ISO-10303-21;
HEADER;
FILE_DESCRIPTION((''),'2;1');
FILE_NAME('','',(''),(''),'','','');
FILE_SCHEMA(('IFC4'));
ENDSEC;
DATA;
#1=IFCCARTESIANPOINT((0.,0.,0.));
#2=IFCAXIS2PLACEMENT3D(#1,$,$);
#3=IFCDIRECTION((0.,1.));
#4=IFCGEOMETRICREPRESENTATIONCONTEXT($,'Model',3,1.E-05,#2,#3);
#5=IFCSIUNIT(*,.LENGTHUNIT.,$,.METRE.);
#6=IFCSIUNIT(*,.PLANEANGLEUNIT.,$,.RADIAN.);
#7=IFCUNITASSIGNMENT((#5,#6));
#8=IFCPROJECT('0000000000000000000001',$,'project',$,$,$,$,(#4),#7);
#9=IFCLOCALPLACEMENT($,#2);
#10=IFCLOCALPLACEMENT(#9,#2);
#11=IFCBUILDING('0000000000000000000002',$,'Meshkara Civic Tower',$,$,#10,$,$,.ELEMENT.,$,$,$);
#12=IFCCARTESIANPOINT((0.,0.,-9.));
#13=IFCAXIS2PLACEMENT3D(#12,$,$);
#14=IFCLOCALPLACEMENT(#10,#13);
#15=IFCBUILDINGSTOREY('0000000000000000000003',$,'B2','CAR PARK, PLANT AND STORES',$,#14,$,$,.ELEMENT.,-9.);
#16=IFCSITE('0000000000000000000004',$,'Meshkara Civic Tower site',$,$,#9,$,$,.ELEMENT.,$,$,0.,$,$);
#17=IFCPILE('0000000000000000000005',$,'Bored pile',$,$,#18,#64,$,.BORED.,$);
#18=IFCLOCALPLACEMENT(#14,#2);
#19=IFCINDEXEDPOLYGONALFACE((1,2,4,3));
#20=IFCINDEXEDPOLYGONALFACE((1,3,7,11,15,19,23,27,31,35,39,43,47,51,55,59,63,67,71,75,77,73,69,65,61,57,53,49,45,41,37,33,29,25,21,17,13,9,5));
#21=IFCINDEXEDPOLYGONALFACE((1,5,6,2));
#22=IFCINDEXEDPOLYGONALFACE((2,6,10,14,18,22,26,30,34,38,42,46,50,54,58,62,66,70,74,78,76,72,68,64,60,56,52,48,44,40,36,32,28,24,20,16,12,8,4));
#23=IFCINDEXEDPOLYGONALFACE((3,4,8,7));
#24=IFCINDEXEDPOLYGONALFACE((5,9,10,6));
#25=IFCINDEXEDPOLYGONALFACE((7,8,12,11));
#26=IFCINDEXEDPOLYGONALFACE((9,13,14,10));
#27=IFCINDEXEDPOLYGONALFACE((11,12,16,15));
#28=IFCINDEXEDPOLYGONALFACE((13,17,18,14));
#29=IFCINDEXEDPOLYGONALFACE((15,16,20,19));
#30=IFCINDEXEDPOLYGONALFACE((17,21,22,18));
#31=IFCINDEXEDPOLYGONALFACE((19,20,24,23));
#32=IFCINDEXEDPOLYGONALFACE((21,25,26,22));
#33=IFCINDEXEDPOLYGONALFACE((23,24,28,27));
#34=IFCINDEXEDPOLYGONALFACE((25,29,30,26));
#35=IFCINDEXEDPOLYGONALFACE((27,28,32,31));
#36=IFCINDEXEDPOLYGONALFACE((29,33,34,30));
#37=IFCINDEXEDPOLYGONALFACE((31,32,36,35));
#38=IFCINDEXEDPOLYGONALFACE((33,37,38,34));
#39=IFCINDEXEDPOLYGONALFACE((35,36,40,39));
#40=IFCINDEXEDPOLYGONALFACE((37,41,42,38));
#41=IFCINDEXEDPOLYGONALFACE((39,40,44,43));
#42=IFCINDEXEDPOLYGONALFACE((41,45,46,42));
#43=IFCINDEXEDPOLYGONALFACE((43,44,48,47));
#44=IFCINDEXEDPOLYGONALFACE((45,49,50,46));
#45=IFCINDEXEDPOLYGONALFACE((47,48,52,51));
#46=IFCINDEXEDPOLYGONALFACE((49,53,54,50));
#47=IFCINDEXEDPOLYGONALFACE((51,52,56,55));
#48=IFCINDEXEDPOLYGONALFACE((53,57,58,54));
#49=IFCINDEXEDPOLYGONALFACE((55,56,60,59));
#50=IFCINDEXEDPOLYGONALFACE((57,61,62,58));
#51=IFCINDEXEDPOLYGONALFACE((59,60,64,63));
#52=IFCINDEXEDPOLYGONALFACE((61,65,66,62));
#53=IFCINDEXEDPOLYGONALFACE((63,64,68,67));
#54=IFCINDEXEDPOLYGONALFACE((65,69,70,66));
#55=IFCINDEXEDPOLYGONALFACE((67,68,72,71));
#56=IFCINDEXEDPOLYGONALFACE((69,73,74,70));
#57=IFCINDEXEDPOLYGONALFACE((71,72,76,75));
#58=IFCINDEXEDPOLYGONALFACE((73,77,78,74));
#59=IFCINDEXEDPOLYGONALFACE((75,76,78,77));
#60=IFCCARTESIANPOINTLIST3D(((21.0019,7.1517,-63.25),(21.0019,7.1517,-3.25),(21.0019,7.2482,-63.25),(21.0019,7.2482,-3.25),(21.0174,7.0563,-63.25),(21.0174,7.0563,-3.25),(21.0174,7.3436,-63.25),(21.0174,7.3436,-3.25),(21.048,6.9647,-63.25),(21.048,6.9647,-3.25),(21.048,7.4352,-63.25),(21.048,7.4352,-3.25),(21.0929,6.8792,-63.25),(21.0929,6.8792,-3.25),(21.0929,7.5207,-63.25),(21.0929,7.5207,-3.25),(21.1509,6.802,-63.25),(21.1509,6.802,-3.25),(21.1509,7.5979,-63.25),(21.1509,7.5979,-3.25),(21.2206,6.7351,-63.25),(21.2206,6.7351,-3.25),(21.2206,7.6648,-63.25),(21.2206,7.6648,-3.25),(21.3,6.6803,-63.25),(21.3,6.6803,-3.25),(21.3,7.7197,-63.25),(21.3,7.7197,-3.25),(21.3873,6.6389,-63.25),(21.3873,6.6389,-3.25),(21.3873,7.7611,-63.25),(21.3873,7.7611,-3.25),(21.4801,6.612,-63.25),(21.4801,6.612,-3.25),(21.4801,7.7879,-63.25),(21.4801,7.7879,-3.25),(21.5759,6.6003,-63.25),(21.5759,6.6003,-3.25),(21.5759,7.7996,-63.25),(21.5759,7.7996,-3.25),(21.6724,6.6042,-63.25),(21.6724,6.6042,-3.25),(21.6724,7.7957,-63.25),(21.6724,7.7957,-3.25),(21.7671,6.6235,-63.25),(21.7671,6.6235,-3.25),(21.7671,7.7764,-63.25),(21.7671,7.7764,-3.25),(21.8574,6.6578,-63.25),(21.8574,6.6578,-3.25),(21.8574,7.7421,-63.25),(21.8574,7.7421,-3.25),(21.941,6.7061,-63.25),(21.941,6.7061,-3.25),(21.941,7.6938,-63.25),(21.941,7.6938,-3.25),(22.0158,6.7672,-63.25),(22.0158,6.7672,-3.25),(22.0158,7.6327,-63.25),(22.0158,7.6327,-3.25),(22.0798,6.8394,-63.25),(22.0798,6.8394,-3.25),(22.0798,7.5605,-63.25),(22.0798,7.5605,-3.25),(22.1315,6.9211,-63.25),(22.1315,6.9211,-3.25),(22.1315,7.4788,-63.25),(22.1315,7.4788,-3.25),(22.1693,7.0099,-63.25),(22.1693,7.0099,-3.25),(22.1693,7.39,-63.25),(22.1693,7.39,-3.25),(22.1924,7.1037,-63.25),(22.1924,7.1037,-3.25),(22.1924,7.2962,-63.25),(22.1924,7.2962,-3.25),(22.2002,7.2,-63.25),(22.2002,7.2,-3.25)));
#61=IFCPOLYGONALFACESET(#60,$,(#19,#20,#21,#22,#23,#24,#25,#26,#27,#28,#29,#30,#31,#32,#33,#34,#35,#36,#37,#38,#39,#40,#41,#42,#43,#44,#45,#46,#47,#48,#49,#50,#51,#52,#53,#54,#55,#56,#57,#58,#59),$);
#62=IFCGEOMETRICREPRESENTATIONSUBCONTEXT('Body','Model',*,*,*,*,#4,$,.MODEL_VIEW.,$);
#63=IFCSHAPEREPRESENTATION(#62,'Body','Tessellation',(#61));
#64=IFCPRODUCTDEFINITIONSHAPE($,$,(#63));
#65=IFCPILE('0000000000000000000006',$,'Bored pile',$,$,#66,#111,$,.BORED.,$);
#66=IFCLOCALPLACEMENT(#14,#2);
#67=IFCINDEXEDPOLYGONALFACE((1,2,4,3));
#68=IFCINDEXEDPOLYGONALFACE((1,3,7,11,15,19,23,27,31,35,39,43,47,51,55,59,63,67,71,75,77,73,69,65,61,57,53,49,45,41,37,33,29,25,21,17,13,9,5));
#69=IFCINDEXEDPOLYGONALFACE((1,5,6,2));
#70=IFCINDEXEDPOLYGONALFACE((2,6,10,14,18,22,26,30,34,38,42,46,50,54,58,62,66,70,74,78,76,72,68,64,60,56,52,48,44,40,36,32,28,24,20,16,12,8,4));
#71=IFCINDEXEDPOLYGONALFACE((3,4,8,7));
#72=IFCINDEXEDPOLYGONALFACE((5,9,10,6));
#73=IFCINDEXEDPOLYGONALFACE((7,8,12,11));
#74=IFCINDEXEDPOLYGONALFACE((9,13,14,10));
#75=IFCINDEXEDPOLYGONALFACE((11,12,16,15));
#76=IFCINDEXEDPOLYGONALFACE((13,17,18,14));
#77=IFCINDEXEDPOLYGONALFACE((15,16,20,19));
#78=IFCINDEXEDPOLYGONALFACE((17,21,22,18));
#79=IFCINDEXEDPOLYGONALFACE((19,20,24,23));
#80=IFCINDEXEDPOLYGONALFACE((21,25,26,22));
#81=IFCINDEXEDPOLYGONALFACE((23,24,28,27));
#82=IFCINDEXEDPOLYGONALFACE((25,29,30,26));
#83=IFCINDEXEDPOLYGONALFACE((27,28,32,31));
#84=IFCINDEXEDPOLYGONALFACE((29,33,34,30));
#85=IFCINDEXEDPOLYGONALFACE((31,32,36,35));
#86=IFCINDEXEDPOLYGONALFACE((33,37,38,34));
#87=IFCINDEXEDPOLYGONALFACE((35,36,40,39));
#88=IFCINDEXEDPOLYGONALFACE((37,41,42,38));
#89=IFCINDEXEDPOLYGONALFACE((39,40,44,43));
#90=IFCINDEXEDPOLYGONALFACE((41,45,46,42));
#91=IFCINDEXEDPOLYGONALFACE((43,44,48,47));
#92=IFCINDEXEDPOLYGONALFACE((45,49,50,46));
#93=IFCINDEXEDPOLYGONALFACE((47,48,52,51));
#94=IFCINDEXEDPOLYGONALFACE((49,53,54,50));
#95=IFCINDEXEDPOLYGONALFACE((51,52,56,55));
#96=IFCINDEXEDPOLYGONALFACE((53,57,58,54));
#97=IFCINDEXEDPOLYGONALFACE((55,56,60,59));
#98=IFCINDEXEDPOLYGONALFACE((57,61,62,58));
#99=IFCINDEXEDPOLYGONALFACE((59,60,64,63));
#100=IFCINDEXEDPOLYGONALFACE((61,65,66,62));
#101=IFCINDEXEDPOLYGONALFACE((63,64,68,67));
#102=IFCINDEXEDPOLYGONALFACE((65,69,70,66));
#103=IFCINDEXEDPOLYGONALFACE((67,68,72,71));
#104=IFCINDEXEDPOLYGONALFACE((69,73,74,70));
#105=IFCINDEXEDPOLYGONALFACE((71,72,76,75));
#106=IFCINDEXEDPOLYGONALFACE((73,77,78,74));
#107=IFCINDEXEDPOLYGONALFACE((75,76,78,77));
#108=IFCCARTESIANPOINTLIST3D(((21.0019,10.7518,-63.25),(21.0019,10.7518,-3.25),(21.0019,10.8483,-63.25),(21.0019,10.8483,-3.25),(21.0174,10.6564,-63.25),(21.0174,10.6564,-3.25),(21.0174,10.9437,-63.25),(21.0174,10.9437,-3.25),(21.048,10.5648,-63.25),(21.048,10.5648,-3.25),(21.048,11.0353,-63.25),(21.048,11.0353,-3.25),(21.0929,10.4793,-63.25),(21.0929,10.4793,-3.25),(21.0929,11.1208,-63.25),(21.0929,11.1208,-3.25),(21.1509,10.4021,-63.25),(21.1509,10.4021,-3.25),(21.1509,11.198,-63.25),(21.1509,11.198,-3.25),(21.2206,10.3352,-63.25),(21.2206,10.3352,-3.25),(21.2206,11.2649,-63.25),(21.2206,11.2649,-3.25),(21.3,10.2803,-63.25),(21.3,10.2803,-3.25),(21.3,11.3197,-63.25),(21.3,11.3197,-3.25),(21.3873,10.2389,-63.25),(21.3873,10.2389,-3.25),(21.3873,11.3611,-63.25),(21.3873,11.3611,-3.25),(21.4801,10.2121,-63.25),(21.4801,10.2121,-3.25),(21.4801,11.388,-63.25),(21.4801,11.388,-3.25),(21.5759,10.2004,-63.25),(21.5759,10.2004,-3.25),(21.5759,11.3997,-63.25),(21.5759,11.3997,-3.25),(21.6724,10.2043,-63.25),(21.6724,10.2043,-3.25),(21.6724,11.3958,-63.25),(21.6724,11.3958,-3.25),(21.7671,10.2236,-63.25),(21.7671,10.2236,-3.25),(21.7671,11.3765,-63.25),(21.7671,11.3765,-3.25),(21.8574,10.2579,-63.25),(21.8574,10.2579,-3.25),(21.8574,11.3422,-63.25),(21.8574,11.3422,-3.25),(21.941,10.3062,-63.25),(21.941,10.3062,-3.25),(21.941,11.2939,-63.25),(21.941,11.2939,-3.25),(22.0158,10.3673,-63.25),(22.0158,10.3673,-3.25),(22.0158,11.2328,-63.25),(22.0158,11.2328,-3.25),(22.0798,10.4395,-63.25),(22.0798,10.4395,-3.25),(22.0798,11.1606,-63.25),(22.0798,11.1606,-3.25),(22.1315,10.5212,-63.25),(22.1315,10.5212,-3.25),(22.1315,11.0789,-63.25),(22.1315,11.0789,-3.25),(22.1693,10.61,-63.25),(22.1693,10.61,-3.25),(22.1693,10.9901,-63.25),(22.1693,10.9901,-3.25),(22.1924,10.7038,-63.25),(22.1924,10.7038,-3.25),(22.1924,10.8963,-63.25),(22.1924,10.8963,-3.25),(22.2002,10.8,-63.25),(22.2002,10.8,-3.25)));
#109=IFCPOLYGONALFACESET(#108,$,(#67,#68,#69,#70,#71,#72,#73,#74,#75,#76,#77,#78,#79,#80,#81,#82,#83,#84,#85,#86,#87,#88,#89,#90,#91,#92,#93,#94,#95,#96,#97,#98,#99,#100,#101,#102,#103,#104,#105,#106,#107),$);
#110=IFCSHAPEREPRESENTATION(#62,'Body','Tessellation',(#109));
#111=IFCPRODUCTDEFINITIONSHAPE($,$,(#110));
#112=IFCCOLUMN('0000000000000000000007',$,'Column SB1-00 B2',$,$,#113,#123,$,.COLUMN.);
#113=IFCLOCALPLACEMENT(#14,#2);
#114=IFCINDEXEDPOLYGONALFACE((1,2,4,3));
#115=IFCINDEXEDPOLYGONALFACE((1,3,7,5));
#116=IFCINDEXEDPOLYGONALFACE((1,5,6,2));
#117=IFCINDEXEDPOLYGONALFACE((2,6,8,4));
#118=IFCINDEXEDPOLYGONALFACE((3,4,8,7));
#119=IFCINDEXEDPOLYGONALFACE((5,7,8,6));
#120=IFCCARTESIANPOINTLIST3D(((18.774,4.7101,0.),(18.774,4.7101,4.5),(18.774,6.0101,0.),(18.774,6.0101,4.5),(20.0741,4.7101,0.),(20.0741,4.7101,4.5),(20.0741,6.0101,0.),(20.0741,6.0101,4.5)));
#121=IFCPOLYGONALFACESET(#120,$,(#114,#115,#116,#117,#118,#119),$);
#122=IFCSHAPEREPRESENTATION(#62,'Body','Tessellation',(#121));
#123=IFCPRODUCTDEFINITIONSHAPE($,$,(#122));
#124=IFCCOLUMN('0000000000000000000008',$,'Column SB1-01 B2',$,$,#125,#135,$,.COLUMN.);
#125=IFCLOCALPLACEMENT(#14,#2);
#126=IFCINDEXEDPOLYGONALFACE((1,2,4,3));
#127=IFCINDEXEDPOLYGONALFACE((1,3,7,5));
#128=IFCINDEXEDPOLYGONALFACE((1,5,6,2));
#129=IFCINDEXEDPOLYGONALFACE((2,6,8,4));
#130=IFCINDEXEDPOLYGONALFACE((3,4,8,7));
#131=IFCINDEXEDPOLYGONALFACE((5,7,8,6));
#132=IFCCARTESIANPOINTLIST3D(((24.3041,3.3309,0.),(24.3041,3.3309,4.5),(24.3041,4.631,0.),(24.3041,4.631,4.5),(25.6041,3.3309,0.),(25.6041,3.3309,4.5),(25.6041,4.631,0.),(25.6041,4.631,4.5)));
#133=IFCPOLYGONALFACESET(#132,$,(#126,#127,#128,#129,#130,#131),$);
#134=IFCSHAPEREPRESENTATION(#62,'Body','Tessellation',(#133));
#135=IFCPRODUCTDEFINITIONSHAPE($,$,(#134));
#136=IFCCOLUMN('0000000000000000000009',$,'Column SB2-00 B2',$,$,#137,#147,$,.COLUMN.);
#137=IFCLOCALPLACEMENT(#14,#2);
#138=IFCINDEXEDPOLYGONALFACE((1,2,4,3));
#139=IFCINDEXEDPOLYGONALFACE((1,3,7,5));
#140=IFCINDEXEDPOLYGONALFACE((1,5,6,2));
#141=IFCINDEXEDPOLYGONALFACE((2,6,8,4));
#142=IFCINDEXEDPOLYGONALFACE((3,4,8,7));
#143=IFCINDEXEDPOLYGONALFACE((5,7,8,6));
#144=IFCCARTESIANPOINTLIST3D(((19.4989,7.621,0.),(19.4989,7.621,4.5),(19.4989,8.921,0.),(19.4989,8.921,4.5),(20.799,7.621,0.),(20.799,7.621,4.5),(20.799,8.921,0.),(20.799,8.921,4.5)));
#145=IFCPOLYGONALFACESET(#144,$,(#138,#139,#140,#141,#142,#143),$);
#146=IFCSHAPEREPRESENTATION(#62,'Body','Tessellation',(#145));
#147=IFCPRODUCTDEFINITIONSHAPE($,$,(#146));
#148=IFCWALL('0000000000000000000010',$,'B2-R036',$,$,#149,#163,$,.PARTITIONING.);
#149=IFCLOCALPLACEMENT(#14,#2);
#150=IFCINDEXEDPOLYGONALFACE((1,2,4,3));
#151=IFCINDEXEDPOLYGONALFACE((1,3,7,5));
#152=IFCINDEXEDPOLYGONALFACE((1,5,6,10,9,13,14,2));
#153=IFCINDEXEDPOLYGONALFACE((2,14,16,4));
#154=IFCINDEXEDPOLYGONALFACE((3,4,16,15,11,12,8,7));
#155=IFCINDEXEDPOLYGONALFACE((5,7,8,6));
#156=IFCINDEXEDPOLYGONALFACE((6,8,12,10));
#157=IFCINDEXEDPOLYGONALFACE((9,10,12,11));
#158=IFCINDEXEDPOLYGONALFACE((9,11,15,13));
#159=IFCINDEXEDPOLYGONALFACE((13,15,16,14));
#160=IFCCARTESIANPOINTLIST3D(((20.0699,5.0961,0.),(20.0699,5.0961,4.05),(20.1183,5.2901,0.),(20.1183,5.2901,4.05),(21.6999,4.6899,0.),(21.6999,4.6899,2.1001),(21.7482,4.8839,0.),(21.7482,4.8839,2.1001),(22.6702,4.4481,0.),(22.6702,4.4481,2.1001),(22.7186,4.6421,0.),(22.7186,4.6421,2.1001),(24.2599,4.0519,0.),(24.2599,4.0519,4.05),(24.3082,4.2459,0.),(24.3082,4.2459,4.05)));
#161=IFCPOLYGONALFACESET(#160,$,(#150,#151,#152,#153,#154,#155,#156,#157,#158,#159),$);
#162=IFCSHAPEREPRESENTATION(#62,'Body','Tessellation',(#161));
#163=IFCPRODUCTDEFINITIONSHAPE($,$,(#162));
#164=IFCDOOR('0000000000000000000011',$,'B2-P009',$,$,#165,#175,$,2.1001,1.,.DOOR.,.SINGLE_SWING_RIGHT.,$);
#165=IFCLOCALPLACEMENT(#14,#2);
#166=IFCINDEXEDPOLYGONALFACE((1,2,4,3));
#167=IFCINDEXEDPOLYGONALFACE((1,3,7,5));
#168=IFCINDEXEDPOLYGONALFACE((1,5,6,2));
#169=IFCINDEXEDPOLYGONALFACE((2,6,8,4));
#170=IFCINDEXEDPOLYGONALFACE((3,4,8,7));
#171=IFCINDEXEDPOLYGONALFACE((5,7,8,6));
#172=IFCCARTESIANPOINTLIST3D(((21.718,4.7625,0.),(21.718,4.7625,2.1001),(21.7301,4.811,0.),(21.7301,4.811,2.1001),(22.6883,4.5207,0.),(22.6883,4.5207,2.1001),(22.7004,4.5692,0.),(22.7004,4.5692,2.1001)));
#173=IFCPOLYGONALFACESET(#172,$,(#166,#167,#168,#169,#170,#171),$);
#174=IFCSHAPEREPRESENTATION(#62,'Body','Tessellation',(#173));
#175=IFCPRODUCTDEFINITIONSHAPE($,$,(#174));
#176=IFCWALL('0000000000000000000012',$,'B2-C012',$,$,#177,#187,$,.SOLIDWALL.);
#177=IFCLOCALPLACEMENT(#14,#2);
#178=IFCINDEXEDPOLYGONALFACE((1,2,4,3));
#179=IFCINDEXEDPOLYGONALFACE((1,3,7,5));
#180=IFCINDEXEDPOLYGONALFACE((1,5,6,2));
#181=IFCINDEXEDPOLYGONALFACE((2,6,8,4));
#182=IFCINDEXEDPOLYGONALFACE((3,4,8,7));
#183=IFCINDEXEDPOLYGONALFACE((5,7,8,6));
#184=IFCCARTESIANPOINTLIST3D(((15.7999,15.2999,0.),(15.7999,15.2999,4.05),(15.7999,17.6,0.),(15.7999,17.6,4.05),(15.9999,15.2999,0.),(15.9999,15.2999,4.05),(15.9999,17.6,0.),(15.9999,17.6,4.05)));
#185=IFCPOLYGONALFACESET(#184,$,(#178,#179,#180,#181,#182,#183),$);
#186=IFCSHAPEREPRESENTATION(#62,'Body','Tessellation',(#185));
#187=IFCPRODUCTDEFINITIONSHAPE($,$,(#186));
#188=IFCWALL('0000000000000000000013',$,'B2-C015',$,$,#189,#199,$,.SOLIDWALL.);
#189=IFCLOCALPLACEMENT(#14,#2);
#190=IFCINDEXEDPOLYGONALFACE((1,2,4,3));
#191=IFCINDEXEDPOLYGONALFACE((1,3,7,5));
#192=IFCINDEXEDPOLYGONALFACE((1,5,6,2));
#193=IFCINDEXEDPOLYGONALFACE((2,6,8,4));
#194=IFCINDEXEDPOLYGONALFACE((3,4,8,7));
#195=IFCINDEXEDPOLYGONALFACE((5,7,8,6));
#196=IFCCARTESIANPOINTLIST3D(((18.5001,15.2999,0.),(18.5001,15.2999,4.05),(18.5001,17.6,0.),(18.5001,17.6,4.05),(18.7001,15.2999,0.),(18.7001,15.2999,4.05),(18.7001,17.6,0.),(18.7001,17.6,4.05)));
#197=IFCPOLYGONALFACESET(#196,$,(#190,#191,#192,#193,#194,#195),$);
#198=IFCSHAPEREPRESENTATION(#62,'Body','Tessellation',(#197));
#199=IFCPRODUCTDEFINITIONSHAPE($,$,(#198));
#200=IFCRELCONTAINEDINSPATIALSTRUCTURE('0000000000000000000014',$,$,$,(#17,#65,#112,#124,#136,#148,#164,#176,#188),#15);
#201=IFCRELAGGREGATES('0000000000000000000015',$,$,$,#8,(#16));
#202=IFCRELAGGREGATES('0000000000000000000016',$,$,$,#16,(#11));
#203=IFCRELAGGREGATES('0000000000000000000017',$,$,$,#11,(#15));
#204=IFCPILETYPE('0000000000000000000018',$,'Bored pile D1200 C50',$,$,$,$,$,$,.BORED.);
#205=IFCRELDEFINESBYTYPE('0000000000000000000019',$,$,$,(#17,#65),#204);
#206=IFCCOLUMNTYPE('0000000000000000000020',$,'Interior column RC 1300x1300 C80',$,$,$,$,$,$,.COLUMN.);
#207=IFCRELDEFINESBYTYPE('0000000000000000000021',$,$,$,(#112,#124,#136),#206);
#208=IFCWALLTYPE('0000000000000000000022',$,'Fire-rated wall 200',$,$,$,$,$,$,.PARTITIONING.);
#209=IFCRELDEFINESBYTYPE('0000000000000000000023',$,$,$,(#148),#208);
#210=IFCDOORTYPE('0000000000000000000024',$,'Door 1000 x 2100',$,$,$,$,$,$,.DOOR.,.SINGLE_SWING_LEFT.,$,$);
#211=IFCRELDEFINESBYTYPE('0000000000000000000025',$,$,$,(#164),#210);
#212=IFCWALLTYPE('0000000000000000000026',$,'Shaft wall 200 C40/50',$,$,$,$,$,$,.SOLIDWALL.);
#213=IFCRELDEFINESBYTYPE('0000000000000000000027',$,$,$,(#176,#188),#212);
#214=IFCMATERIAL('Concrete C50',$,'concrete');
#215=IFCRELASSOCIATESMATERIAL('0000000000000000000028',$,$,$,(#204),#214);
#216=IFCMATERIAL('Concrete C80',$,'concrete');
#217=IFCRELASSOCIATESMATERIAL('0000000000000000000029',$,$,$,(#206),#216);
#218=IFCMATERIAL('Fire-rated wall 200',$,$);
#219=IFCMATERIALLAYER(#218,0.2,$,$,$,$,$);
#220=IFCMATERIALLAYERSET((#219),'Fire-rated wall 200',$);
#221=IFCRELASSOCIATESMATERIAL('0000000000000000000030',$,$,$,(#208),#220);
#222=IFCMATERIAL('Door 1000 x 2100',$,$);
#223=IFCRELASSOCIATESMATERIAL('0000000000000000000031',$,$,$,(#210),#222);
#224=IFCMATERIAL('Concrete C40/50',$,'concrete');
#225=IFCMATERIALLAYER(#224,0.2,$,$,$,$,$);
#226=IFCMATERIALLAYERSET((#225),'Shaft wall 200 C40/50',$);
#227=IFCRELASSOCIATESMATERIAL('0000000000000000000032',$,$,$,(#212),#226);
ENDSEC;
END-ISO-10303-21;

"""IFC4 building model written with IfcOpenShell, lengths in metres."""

from ifc_helpers import new_model, si_unit, direction, frame, frame_2d, origin, origin_2d, place, context, subcontext, project, spatial, rectangle, circle, extrude, material, layer, layer_set, material_profile, profile_set, type_object, element, fill, save


model = new_model("IFC4")

# Units and contexts
model_context = context("Model", 3, precision=1e-05, world=origin(), true_north=direction((0.0, 1.0)))
body_context = subcontext(model_context, "Body", "Model", "MODEL_VIEW")
ifc_project = project(units=[si_unit("LENGTHUNIT", "METRE"), si_unit("PLANEANGLEUNIT", "RADIAN")], contexts=[model_context])

# Site, building, storey
site_placement = place(None, origin())
site = spatial("IfcSite", under=ifc_project, at=site_placement, Name="Meshkara Civic Tower site", CompositionType="ELEMENT", RefElevation=0.0)
building_placement = place(site_placement, origin())
building = spatial("IfcBuilding", under=site, at=building_placement, Name="Meshkara Civic Tower", CompositionType="ELEMENT")
storey_placement = place(building_placement, frame((0.0, 0.0, -9.0)))
storey = spatial("IfcBuildingStorey", under=building, at=storey_placement, Name="B2", Description="CAR PARK, PLANT AND STORES", CompositionType="ELEMENT", Elevation=-9.0)

# Piles
ifc_material_1 = material(Name="Concrete C50", Category="concrete")
ifc_material_profile_1 = material_profile(ifc_material_1, circle(Radius=0.6001, at=origin_2d()))
ifc_profile_set_1 = profile_set([ifc_material_profile_1], Name="Concrete C50")
pile_type = type_object("IfcPileType", Name="Bored pile D1200 C50", PredefinedType="BORED", material=ifc_profile_set_1)
for number, where, z_axis, x_axis, name in (
    (1, (21.6001, 7.2, -3.25), (0.0, 0.0, -1.0), (1.0, 0.0, 0.0), "Bored pile"),
    (2, (21.6001, 10.8, -3.25), (0.0, 0.0, -1.0), (1.0, 0.0, 0.0), "Bored pile"),
):
    element("IfcPile", number, at=place(storey_placement, frame(where, z_axis=z_axis, x_axis=x_axis)), inside=storey, type_object=pile_type, Name=name, PredefinedType="BORED", context=body_context, shape_type="SweptSolid", body=[
        extrude(circle(Radius=0.6001, at=origin_2d()), origin(), (0.0, 0.0, 1.0), 60.0),
    ])

# Columns
ifc_material_2 = material(Name="Concrete C80", Category="concrete")
ifc_material_profile_2 = material_profile(ifc_material_2, rectangle(XDim=1.3, YDim=1.3, at=origin_2d()))
ifc_profile_set_2 = profile_set([ifc_material_profile_2], Name="Concrete C80")
column_type = type_object("IfcColumnType", Name="Interior column RC 1300x1300 C80", PredefinedType="COLUMN", material=ifc_profile_set_2)
for number, where, z_axis, x_axis, name in (
    (3, (19.4241, 5.3601, 0.0), (0.0, 0.0, 1.0), (1.0, 0.0, 0.0), "Column SB1-00 B2"),
    (4, (24.9541, 3.981, 0.0), (0.0, 0.0, 1.0), (1.0, 0.0, 0.0), "Column SB1-01 B2"),
    (5, (20.1489, 8.271, 0.0), (0.0, 0.0, 1.0), (1.0, 0.0, 0.0), "Column SB2-00 B2"),
):
    element("IfcColumn", number, at=place(storey_placement, frame(where, z_axis=z_axis, x_axis=x_axis)), inside=storey, type_object=column_type, Name=name, PredefinedType="COLUMN", context=body_context, shape_type="SweptSolid", body=[
        extrude(rectangle(XDim=1.3, YDim=1.3, at=origin_2d()), origin(), (0.0, 0.0, 1.0), 4.5),
    ])

# Wall, opening, door
ifc_material_3 = material(Name="Fire-rated wall 200")
ifc_layer_1 = layer(ifc_material_3, 0.2)
ifc_layer_set_1 = layer_set([ifc_layer_1], Name="Fire-rated wall 200")
wall_type_1 = type_object("IfcWallType", Name="Fire-rated wall 200", PredefinedType="PARTITIONING", material=ifc_layer_set_1)
wall_placement = place(storey_placement, frame((20.094, 5.1931, 0.0), z_axis=(0.0, 0.0, 1.0), x_axis=(0.970322, -0.241817, 0.0)))
wall = element("IfcWall", 6, at=wall_placement, inside=storey, type_object=wall_type_1, Name="B2-R036", PredefinedType="PARTITIONING", context=body_context, shape_type="SweptSolid", body=[
    extrude(rectangle(XDim=4.3181, YDim=0.2, at=frame_2d((2.1592, 0.0))), origin(), (0.0, 0.0, 1.0), 4.05),
])
opening_placement = place(wall_placement, frame((1.6799, 0.0, 0.0)))
opening = element("IfcOpeningElement", 7, at=opening_placement, cuts=wall, PredefinedType="OPENING", context=body_context, shape_type="SweptSolid", body=[
    extrude(rectangle(XDim=1.0, YDim=2.1001, at=frame_2d((0.5, 1.05))), frame((0.0, 0.1099, 0.0), z_axis=(0.0, -1.0, 0.0), x_axis=(1.0, 0.0, 0.0)), (0.0, 0.0, 1.0), 0.22),
])
ifc_material_4 = material(Name="Door 1000 x 2100")
door_type = type_object("IfcDoorType", Name="Door 1000 x 2100", OperationType="SINGLE_SWING_LEFT", PredefinedType="DOOR", material=ifc_material_4)
door_placement = place(opening_placement, origin())
door = element("IfcDoor", 8, at=door_placement, inside=storey, type_object=door_type, Name="B2-P009", OperationType="SINGLE_SWING_RIGHT", OverallHeight=2.1001, OverallWidth=1.0, PredefinedType="DOOR", context=body_context, shape_type="SweptSolid", body=[
    extrude(rectangle(XDim=1.0, YDim=2.1001, at=frame_2d((0.5, 1.05))), frame((0.0, 0.0249, 0.0), z_axis=(0.0, -1.0, 0.0), x_axis=(1.0, 0.0, 0.0)), (0.0, 0.0, 1.0), 0.05),
])
fill(opening, door)

# Walls
ifc_material_5 = material(Name="Concrete C40/50", Category="concrete")
ifc_layer_2 = layer(ifc_material_5, 0.2)
ifc_layer_set_2 = layer_set([ifc_layer_2], Name="Shaft wall 200 C40/50")
wall_type_2 = type_object("IfcWallType", Name="Shaft wall 200 C40/50", PredefinedType="SOLIDWALL", material=ifc_layer_set_2)
for number, where, z_axis, x_axis, name in (
    (9, (15.8999, 15.3, 0.0), (0.0, 0.0, 1.0), (0.0, 1.0, 0.0), "B2-C012"),
    (10, (18.6001, 15.3, 0.0), (0.0, 0.0, 1.0), (0.0, 1.0, 0.0), "B2-C015"),
):
    element("IfcWall", number, at=place(storey_placement, frame(where, z_axis=z_axis, x_axis=x_axis)), inside=storey, type_object=wall_type_2, Name=name, PredefinedType="SOLIDWALL", context=body_context, shape_type="SweptSolid", body=[
        extrude(rectangle(XDim=2.3, YDim=0.2, at=frame_2d((1.1499, 0.0))), origin(), (0.0, 0.0, 1.0), 4.05),
    ])

save(model, "model.ifc")
